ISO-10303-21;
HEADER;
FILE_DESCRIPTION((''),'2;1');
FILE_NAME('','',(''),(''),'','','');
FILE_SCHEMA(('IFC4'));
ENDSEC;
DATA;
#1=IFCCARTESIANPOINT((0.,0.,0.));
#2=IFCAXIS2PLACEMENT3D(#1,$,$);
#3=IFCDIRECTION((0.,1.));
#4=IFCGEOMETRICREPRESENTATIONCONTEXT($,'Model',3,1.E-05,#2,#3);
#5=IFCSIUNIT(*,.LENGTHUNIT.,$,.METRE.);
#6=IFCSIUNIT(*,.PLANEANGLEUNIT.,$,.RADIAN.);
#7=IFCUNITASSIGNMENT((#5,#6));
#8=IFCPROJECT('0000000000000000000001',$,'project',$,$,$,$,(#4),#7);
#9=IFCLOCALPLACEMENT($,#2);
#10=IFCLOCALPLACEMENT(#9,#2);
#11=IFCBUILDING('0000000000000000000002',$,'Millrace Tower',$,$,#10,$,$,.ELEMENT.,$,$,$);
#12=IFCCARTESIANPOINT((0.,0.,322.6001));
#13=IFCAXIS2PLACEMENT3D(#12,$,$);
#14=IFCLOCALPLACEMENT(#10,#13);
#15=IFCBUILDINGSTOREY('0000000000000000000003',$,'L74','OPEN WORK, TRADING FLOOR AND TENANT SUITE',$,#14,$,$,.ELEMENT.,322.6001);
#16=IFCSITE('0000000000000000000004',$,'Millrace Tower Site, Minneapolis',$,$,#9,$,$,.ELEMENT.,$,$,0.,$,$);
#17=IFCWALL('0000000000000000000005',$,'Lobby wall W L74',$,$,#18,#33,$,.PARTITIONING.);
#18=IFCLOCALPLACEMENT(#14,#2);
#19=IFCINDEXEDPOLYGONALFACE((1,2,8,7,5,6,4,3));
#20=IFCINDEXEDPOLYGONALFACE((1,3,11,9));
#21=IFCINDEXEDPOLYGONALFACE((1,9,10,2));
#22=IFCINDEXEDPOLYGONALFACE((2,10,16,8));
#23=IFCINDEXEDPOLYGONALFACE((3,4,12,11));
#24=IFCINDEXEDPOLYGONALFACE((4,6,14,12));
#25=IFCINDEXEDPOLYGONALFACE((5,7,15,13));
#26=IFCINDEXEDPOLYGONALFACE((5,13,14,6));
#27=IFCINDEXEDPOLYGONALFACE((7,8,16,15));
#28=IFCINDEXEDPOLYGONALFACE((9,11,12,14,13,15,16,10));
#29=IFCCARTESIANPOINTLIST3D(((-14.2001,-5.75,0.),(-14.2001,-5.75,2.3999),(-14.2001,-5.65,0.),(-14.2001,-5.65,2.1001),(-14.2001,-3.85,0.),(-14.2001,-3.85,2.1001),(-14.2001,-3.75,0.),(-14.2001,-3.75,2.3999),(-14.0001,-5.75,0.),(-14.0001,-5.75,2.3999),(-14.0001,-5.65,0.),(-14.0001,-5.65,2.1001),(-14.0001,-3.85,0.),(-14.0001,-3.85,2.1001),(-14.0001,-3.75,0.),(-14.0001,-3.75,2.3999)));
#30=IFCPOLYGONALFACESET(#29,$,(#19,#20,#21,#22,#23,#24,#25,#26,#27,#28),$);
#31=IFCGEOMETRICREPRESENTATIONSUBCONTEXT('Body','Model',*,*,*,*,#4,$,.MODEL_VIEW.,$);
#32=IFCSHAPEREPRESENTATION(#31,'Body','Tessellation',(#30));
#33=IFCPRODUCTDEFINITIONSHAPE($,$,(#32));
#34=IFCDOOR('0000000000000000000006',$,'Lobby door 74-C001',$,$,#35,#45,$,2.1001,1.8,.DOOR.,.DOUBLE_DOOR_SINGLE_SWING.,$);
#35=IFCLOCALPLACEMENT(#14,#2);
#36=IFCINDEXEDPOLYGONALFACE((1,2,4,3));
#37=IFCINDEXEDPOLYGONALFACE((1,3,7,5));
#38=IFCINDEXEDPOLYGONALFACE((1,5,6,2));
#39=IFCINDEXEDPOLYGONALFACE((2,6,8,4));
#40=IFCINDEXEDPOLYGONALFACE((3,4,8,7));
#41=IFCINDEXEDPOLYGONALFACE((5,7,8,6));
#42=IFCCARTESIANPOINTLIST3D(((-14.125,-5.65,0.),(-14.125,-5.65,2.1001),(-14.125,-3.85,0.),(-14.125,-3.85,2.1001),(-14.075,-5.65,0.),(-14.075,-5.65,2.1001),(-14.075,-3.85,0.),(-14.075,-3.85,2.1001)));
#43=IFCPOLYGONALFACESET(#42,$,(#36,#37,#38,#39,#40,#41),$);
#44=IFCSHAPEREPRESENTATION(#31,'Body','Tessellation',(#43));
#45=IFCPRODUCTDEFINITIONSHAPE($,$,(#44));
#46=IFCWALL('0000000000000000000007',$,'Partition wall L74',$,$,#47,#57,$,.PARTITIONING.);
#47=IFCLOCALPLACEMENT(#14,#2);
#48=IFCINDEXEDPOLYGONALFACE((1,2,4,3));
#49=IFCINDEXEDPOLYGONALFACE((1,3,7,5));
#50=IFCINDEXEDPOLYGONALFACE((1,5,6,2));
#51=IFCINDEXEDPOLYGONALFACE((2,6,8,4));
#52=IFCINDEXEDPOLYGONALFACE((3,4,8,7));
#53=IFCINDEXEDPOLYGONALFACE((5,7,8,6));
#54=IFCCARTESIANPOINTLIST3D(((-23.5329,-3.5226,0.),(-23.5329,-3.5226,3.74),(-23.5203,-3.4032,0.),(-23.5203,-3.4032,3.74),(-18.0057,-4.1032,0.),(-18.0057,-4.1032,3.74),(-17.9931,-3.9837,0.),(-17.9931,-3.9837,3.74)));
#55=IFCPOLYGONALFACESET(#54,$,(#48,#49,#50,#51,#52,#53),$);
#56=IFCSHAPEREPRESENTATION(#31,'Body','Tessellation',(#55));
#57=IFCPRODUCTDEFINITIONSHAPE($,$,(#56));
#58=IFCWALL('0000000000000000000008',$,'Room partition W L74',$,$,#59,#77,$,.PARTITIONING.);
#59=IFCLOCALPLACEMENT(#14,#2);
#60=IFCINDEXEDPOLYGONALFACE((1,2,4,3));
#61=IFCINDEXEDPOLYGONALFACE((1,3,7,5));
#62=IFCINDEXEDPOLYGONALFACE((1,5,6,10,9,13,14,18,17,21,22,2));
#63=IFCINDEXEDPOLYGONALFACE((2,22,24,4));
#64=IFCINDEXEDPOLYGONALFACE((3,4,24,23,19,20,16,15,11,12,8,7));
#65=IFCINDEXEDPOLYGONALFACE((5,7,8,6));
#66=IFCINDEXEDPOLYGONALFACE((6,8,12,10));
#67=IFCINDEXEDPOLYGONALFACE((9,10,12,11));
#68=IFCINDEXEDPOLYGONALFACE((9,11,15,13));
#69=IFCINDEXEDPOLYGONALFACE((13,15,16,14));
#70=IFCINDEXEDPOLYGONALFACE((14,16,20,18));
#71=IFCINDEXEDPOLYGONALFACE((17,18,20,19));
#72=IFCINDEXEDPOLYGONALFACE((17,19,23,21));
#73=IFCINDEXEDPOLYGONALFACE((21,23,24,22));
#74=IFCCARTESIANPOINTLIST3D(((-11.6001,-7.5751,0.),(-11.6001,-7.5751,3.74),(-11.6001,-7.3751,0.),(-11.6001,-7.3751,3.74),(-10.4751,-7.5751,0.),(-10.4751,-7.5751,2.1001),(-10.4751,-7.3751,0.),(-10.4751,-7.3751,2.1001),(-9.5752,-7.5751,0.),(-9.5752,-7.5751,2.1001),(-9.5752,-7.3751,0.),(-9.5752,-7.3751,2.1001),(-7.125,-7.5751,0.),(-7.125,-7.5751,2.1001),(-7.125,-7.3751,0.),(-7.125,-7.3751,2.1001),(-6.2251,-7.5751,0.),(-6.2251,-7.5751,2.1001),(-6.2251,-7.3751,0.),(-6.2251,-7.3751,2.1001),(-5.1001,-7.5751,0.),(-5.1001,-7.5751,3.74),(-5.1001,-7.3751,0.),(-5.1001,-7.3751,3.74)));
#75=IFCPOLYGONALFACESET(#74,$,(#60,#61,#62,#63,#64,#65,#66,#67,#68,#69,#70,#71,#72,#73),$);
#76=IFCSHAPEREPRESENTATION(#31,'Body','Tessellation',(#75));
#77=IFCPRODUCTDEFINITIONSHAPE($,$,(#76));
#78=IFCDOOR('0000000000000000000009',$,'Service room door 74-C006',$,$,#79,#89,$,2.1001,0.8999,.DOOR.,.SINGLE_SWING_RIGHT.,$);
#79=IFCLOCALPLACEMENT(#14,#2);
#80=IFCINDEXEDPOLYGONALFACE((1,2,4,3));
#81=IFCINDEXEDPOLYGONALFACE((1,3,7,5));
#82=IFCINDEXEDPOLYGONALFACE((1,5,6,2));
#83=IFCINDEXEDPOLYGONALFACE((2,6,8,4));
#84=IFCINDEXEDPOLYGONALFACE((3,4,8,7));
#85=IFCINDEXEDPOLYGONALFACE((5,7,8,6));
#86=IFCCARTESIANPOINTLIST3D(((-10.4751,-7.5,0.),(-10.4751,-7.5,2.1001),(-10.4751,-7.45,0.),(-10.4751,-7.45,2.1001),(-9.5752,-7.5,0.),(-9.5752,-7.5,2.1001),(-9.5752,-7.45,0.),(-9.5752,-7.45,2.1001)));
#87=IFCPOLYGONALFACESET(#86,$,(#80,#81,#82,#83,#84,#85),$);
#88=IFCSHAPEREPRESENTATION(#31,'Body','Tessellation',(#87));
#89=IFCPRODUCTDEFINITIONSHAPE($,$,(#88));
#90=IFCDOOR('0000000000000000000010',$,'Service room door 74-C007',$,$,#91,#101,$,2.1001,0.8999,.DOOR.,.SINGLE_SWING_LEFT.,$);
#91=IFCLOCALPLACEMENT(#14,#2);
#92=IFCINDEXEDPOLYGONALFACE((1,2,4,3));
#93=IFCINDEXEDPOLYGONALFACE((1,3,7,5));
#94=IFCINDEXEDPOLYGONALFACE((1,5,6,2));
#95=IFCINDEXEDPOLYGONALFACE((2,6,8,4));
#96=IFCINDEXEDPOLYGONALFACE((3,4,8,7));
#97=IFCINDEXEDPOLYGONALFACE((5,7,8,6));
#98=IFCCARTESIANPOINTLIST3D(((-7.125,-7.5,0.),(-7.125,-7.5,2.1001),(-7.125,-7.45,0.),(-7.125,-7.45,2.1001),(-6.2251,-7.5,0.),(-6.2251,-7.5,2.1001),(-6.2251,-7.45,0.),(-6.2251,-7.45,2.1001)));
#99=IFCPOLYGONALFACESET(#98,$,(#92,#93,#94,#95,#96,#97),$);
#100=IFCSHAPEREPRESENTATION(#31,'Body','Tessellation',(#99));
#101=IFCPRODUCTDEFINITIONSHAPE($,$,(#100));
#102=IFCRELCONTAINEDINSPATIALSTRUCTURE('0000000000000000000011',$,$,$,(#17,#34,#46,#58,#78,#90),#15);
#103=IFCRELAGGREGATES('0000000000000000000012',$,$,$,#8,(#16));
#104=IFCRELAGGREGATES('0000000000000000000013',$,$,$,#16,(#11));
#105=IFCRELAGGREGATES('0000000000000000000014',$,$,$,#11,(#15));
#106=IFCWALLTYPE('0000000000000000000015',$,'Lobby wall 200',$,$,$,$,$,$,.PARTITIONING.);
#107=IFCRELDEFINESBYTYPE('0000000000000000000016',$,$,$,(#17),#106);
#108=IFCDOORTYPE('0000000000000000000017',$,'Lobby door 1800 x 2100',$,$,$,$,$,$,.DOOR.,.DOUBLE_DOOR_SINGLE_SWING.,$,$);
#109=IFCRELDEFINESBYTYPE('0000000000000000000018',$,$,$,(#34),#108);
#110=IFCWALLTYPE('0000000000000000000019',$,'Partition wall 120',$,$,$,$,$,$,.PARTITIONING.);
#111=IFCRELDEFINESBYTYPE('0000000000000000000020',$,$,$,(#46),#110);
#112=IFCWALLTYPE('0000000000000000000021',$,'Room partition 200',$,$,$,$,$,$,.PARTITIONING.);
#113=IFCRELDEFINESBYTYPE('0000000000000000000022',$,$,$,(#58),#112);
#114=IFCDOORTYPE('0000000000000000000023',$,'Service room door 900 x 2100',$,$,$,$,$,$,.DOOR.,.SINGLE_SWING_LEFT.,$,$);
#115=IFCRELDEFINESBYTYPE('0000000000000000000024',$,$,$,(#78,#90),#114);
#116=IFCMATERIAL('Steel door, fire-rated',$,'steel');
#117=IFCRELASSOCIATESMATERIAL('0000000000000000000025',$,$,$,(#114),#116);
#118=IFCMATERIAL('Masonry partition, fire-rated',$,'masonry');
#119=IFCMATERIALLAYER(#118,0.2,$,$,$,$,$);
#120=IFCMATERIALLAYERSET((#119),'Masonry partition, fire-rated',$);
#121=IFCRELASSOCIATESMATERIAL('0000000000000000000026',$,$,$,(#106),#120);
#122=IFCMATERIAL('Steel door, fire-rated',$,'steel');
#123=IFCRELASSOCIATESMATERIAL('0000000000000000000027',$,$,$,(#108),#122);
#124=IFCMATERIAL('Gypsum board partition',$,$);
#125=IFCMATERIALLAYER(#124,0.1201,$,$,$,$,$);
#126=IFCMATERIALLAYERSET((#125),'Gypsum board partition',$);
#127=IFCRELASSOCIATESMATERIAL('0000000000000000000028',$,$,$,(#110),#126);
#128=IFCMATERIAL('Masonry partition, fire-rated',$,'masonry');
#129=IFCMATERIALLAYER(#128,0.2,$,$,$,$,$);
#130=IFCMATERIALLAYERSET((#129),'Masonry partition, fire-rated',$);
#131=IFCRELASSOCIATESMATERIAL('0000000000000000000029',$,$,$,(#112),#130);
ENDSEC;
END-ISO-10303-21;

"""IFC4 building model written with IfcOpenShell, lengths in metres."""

from ifc_helpers import new_model, si_unit, direction, frame, frame_2d, origin, place, context, subcontext, project, spatial, rectangle, extrude, material, layer, layer_set, type_object, element, fill, save


model = new_model("IFC4")

# Units and contexts
model_context = context("Model", 3, precision=1e-05, world=origin(), true_north=direction((0.0, 1.0)))
body_context = subcontext(model_context, "Body", "Model", "MODEL_VIEW")
ifc_project = project(units=[si_unit("LENGTHUNIT", "METRE"), si_unit("PLANEANGLEUNIT", "RADIAN")], contexts=[model_context])

# Site, building, storey
site_placement = place(None, origin())
site = spatial("IfcSite", under=ifc_project, at=site_placement, Name="Millrace Tower Site, Minneapolis", CompositionType="ELEMENT", RefElevation=0.0)
building_placement = place(site_placement, origin())
building = spatial("IfcBuilding", under=site, at=building_placement, Name="Millrace Tower", CompositionType="ELEMENT")
storey_placement = place(building_placement, frame((0.0, 0.0, 322.6001)))
storey = spatial("IfcBuildingStorey", under=building, at=storey_placement, Name="L74", Description="OPEN WORK, TRADING FLOOR AND TENANT SUITE", CompositionType="ELEMENT", Elevation=322.6001)

# Shared definitions
ifc_material_1 = material(Name="Steel door, fire-rated", Category="steel")
door_type_1 = type_object("IfcDoorType", Name="Service room door 900 x 2100", OperationType="SINGLE_SWING_LEFT", PredefinedType="DOOR", material=ifc_material_1)

# Wall, opening, door
ifc_material_2 = material(Name="Masonry partition, fire-rated", Category="masonry")
ifc_layer_1 = layer(ifc_material_2, 0.2)
ifc_layer_set_1 = layer_set([ifc_layer_1], Name="Masonry partition, fire-rated")
wall_type_1 = type_object("IfcWallType", Name="Lobby wall 200", PredefinedType="PARTITIONING", material=ifc_layer_set_1)
wall_1_placement = place(storey_placement, frame((-14.1001, -5.75, 0.0), z_axis=(0.0, 0.0, 1.0), x_axis=(0.0, 1.0, 0.0)))
wall_1 = element("IfcWall", 1, at=wall_1_placement, inside=storey, type_object=wall_type_1, Name="Lobby wall W L74", PredefinedType="PARTITIONING", context=body_context, shape_type="SweptSolid", body=[
    extrude(rectangle(XDim=2.0, YDim=0.2, at=frame_2d((1.0, 0.0))), origin(), (0.0, 0.0, 1.0), 2.3999),
])
opening_1_placement = place(wall_1_placement, frame((0.1001, 0.0, 0.0)))
opening_1 = element("IfcOpeningElement", 2, at=opening_1_placement, cuts=wall_1, PredefinedType="OPENING", context=body_context, shape_type="SweptSolid", body=[
    extrude(rectangle(XDim=1.8, YDim=2.1001, at=frame_2d((0.8999, 1.05))), frame((0.0, 0.1099, 0.0), z_axis=(0.0, -1.0, 0.0), x_axis=(1.0, 0.0, 0.0)), (0.0, 0.0, 1.0), 0.22),
])
ifc_material_3 = material(Name="Steel door, fire-rated", Category="steel")
door_type_2 = type_object("IfcDoorType", Name="Lobby door 1800 x 2100", OperationType="DOUBLE_DOOR_SINGLE_SWING", PredefinedType="DOOR", material=ifc_material_3)
door_1_placement = place(opening_1_placement, origin())
door_1 = element("IfcDoor", 3, at=door_1_placement, inside=storey, type_object=door_type_2, Name="Lobby door 74-C001", OperationType="DOUBLE_DOOR_SINGLE_SWING", OverallHeight=2.1001, OverallWidth=1.8, PredefinedType="DOOR", context=body_context, shape_type="SweptSolid", body=[
    extrude(rectangle(XDim=1.8, YDim=2.1001, at=frame_2d((0.8999, 1.05))), frame((0.0, 0.0249, 0.0), z_axis=(0.0, -1.0, 0.0), x_axis=(1.0, 0.0, 0.0)), (0.0, 0.0, 1.0), 0.05),
])
fill(opening_1, door_1)

# Wall
ifc_material_4 = material(Name="Gypsum board partition")
ifc_layer_2 = layer(ifc_material_4, 0.1201)
ifc_layer_set_2 = layer_set([ifc_layer_2], Name="Gypsum board partition")
wall_type_2 = type_object("IfcWallType", Name="Partition wall 120", PredefinedType="PARTITIONING", material=ifc_layer_set_2)
wall_2_placement = place(storey_placement, frame((-23.5266, -3.4629, 0.0), z_axis=(0.0, 0.0, 1.0), x_axis=(0.994529, -0.104465, 0.0)))
element("IfcWall", 4, at=wall_2_placement, inside=storey, type_object=wall_type_2, Name="Partition wall L74", PredefinedType="PARTITIONING", context=body_context, shape_type="SweptSolid", body=[
    extrude(rectangle(XDim=5.5576, YDim=0.1201, at=frame_2d((2.7788, 0.0))), origin(), (0.0, 0.0, 1.0), 3.74),
])

# Wall, openings, doors
ifc_material_5 = material(Name="Masonry partition, fire-rated", Category="masonry")
ifc_layer_3 = layer(ifc_material_5, 0.2)
ifc_layer_set_3 = layer_set([ifc_layer_3], Name="Masonry partition, fire-rated")
wall_type_3 = type_object("IfcWallType", Name="Room partition 200", PredefinedType="PARTITIONING", material=ifc_layer_set_3)
wall_3_placement = place(storey_placement, frame((-11.6001, -7.4751, 0.0), z_axis=(0.0, 0.0, 1.0), x_axis=(1.0, 0.0, 0.0)))
wall_3 = element("IfcWall", 5, at=wall_3_placement, inside=storey, type_object=wall_type_3, Name="Room partition W L74", PredefinedType="PARTITIONING", context=body_context, shape_type="SweptSolid", body=[
    extrude(rectangle(XDim=6.5, YDim=0.2, at=frame_2d((3.25, 0.0))), origin(), (0.0, 0.0, 1.0), 3.74),
])
opening_2_placement = place(wall_3_placement, frame((1.125, 0.0, 0.0)))
opening_2 = element("IfcOpeningElement", 6, at=opening_2_placement, cuts=wall_3, PredefinedType="OPENING", context=body_context, shape_type="SweptSolid", body=[
    extrude(rectangle(XDim=0.8999, YDim=2.1001, at=frame_2d((0.45, 1.05))), frame((0.0, 0.1099, 0.0), z_axis=(0.0, -1.0, 0.0), x_axis=(1.0, 0.0, 0.0)), (0.0, 0.0, 1.0), 0.22),
])
opening_3_placement = place(wall_3_placement, frame((4.4751, 0.0, 0.0)))
opening_3 = element("IfcOpeningElement", 7, at=opening_3_placement, cuts=wall_3, PredefinedType="OPENING", context=body_context, shape_type="SweptSolid", body=[
    extrude(rectangle(XDim=0.8999, YDim=2.1001, at=frame_2d((0.45, 1.05))), frame((0.0, 0.1099, 0.0), z_axis=(0.0, -1.0, 0.0), x_axis=(1.0, 0.0, 0.0)), (0.0, 0.0, 1.0), 0.22),
])
door_2_placement = place(opening_2_placement, frame((0.8999, 0.0, 0.0), z_axis=(0.0, 0.0, 1.0), x_axis=(-1.0, 0.0, 0.0)))
door_2 = element("IfcDoor", 8, at=door_2_placement, inside=storey, type_object=door_type_1, Name="Service room door 74-C006", OperationType="SINGLE_SWING_RIGHT", OverallHeight=2.1001, OverallWidth=0.8999, PredefinedType="DOOR", context=body_context, shape_type="SweptSolid", body=[
    extrude(rectangle(XDim=0.8999, YDim=2.1001, at=frame_2d((0.45, 1.05))), frame((0.0, 0.0249, 0.0), z_axis=(0.0, -1.0, 0.0), x_axis=(1.0, 0.0, 0.0)), (0.0, 0.0, 1.0), 0.05),
])
fill(opening_2, door_2)
door_3_placement = place(opening_3_placement, frame((0.8999, 0.0, 0.0), z_axis=(0.0, 0.0, 1.0), x_axis=(-1.0, 0.0, 0.0)))
door_3 = element("IfcDoor", 9, at=door_3_placement, inside=storey, type_object=door_type_1, Name="Service room door 74-C007", OperationType="SINGLE_SWING_LEFT", OverallHeight=2.1001, OverallWidth=0.8999, PredefinedType="DOOR", context=body_context, shape_type="SweptSolid", body=[
    extrude(rectangle(XDim=0.8999, YDim=2.1001, at=frame_2d((0.45, 1.05))), frame((0.0, 0.0249, 0.0), z_axis=(0.0, -1.0, 0.0), x_axis=(1.0, 0.0, 0.0)), (0.0, 0.0, 1.0), 0.05),
])
fill(opening_3, door_3)

save(model, "model.ifc")
